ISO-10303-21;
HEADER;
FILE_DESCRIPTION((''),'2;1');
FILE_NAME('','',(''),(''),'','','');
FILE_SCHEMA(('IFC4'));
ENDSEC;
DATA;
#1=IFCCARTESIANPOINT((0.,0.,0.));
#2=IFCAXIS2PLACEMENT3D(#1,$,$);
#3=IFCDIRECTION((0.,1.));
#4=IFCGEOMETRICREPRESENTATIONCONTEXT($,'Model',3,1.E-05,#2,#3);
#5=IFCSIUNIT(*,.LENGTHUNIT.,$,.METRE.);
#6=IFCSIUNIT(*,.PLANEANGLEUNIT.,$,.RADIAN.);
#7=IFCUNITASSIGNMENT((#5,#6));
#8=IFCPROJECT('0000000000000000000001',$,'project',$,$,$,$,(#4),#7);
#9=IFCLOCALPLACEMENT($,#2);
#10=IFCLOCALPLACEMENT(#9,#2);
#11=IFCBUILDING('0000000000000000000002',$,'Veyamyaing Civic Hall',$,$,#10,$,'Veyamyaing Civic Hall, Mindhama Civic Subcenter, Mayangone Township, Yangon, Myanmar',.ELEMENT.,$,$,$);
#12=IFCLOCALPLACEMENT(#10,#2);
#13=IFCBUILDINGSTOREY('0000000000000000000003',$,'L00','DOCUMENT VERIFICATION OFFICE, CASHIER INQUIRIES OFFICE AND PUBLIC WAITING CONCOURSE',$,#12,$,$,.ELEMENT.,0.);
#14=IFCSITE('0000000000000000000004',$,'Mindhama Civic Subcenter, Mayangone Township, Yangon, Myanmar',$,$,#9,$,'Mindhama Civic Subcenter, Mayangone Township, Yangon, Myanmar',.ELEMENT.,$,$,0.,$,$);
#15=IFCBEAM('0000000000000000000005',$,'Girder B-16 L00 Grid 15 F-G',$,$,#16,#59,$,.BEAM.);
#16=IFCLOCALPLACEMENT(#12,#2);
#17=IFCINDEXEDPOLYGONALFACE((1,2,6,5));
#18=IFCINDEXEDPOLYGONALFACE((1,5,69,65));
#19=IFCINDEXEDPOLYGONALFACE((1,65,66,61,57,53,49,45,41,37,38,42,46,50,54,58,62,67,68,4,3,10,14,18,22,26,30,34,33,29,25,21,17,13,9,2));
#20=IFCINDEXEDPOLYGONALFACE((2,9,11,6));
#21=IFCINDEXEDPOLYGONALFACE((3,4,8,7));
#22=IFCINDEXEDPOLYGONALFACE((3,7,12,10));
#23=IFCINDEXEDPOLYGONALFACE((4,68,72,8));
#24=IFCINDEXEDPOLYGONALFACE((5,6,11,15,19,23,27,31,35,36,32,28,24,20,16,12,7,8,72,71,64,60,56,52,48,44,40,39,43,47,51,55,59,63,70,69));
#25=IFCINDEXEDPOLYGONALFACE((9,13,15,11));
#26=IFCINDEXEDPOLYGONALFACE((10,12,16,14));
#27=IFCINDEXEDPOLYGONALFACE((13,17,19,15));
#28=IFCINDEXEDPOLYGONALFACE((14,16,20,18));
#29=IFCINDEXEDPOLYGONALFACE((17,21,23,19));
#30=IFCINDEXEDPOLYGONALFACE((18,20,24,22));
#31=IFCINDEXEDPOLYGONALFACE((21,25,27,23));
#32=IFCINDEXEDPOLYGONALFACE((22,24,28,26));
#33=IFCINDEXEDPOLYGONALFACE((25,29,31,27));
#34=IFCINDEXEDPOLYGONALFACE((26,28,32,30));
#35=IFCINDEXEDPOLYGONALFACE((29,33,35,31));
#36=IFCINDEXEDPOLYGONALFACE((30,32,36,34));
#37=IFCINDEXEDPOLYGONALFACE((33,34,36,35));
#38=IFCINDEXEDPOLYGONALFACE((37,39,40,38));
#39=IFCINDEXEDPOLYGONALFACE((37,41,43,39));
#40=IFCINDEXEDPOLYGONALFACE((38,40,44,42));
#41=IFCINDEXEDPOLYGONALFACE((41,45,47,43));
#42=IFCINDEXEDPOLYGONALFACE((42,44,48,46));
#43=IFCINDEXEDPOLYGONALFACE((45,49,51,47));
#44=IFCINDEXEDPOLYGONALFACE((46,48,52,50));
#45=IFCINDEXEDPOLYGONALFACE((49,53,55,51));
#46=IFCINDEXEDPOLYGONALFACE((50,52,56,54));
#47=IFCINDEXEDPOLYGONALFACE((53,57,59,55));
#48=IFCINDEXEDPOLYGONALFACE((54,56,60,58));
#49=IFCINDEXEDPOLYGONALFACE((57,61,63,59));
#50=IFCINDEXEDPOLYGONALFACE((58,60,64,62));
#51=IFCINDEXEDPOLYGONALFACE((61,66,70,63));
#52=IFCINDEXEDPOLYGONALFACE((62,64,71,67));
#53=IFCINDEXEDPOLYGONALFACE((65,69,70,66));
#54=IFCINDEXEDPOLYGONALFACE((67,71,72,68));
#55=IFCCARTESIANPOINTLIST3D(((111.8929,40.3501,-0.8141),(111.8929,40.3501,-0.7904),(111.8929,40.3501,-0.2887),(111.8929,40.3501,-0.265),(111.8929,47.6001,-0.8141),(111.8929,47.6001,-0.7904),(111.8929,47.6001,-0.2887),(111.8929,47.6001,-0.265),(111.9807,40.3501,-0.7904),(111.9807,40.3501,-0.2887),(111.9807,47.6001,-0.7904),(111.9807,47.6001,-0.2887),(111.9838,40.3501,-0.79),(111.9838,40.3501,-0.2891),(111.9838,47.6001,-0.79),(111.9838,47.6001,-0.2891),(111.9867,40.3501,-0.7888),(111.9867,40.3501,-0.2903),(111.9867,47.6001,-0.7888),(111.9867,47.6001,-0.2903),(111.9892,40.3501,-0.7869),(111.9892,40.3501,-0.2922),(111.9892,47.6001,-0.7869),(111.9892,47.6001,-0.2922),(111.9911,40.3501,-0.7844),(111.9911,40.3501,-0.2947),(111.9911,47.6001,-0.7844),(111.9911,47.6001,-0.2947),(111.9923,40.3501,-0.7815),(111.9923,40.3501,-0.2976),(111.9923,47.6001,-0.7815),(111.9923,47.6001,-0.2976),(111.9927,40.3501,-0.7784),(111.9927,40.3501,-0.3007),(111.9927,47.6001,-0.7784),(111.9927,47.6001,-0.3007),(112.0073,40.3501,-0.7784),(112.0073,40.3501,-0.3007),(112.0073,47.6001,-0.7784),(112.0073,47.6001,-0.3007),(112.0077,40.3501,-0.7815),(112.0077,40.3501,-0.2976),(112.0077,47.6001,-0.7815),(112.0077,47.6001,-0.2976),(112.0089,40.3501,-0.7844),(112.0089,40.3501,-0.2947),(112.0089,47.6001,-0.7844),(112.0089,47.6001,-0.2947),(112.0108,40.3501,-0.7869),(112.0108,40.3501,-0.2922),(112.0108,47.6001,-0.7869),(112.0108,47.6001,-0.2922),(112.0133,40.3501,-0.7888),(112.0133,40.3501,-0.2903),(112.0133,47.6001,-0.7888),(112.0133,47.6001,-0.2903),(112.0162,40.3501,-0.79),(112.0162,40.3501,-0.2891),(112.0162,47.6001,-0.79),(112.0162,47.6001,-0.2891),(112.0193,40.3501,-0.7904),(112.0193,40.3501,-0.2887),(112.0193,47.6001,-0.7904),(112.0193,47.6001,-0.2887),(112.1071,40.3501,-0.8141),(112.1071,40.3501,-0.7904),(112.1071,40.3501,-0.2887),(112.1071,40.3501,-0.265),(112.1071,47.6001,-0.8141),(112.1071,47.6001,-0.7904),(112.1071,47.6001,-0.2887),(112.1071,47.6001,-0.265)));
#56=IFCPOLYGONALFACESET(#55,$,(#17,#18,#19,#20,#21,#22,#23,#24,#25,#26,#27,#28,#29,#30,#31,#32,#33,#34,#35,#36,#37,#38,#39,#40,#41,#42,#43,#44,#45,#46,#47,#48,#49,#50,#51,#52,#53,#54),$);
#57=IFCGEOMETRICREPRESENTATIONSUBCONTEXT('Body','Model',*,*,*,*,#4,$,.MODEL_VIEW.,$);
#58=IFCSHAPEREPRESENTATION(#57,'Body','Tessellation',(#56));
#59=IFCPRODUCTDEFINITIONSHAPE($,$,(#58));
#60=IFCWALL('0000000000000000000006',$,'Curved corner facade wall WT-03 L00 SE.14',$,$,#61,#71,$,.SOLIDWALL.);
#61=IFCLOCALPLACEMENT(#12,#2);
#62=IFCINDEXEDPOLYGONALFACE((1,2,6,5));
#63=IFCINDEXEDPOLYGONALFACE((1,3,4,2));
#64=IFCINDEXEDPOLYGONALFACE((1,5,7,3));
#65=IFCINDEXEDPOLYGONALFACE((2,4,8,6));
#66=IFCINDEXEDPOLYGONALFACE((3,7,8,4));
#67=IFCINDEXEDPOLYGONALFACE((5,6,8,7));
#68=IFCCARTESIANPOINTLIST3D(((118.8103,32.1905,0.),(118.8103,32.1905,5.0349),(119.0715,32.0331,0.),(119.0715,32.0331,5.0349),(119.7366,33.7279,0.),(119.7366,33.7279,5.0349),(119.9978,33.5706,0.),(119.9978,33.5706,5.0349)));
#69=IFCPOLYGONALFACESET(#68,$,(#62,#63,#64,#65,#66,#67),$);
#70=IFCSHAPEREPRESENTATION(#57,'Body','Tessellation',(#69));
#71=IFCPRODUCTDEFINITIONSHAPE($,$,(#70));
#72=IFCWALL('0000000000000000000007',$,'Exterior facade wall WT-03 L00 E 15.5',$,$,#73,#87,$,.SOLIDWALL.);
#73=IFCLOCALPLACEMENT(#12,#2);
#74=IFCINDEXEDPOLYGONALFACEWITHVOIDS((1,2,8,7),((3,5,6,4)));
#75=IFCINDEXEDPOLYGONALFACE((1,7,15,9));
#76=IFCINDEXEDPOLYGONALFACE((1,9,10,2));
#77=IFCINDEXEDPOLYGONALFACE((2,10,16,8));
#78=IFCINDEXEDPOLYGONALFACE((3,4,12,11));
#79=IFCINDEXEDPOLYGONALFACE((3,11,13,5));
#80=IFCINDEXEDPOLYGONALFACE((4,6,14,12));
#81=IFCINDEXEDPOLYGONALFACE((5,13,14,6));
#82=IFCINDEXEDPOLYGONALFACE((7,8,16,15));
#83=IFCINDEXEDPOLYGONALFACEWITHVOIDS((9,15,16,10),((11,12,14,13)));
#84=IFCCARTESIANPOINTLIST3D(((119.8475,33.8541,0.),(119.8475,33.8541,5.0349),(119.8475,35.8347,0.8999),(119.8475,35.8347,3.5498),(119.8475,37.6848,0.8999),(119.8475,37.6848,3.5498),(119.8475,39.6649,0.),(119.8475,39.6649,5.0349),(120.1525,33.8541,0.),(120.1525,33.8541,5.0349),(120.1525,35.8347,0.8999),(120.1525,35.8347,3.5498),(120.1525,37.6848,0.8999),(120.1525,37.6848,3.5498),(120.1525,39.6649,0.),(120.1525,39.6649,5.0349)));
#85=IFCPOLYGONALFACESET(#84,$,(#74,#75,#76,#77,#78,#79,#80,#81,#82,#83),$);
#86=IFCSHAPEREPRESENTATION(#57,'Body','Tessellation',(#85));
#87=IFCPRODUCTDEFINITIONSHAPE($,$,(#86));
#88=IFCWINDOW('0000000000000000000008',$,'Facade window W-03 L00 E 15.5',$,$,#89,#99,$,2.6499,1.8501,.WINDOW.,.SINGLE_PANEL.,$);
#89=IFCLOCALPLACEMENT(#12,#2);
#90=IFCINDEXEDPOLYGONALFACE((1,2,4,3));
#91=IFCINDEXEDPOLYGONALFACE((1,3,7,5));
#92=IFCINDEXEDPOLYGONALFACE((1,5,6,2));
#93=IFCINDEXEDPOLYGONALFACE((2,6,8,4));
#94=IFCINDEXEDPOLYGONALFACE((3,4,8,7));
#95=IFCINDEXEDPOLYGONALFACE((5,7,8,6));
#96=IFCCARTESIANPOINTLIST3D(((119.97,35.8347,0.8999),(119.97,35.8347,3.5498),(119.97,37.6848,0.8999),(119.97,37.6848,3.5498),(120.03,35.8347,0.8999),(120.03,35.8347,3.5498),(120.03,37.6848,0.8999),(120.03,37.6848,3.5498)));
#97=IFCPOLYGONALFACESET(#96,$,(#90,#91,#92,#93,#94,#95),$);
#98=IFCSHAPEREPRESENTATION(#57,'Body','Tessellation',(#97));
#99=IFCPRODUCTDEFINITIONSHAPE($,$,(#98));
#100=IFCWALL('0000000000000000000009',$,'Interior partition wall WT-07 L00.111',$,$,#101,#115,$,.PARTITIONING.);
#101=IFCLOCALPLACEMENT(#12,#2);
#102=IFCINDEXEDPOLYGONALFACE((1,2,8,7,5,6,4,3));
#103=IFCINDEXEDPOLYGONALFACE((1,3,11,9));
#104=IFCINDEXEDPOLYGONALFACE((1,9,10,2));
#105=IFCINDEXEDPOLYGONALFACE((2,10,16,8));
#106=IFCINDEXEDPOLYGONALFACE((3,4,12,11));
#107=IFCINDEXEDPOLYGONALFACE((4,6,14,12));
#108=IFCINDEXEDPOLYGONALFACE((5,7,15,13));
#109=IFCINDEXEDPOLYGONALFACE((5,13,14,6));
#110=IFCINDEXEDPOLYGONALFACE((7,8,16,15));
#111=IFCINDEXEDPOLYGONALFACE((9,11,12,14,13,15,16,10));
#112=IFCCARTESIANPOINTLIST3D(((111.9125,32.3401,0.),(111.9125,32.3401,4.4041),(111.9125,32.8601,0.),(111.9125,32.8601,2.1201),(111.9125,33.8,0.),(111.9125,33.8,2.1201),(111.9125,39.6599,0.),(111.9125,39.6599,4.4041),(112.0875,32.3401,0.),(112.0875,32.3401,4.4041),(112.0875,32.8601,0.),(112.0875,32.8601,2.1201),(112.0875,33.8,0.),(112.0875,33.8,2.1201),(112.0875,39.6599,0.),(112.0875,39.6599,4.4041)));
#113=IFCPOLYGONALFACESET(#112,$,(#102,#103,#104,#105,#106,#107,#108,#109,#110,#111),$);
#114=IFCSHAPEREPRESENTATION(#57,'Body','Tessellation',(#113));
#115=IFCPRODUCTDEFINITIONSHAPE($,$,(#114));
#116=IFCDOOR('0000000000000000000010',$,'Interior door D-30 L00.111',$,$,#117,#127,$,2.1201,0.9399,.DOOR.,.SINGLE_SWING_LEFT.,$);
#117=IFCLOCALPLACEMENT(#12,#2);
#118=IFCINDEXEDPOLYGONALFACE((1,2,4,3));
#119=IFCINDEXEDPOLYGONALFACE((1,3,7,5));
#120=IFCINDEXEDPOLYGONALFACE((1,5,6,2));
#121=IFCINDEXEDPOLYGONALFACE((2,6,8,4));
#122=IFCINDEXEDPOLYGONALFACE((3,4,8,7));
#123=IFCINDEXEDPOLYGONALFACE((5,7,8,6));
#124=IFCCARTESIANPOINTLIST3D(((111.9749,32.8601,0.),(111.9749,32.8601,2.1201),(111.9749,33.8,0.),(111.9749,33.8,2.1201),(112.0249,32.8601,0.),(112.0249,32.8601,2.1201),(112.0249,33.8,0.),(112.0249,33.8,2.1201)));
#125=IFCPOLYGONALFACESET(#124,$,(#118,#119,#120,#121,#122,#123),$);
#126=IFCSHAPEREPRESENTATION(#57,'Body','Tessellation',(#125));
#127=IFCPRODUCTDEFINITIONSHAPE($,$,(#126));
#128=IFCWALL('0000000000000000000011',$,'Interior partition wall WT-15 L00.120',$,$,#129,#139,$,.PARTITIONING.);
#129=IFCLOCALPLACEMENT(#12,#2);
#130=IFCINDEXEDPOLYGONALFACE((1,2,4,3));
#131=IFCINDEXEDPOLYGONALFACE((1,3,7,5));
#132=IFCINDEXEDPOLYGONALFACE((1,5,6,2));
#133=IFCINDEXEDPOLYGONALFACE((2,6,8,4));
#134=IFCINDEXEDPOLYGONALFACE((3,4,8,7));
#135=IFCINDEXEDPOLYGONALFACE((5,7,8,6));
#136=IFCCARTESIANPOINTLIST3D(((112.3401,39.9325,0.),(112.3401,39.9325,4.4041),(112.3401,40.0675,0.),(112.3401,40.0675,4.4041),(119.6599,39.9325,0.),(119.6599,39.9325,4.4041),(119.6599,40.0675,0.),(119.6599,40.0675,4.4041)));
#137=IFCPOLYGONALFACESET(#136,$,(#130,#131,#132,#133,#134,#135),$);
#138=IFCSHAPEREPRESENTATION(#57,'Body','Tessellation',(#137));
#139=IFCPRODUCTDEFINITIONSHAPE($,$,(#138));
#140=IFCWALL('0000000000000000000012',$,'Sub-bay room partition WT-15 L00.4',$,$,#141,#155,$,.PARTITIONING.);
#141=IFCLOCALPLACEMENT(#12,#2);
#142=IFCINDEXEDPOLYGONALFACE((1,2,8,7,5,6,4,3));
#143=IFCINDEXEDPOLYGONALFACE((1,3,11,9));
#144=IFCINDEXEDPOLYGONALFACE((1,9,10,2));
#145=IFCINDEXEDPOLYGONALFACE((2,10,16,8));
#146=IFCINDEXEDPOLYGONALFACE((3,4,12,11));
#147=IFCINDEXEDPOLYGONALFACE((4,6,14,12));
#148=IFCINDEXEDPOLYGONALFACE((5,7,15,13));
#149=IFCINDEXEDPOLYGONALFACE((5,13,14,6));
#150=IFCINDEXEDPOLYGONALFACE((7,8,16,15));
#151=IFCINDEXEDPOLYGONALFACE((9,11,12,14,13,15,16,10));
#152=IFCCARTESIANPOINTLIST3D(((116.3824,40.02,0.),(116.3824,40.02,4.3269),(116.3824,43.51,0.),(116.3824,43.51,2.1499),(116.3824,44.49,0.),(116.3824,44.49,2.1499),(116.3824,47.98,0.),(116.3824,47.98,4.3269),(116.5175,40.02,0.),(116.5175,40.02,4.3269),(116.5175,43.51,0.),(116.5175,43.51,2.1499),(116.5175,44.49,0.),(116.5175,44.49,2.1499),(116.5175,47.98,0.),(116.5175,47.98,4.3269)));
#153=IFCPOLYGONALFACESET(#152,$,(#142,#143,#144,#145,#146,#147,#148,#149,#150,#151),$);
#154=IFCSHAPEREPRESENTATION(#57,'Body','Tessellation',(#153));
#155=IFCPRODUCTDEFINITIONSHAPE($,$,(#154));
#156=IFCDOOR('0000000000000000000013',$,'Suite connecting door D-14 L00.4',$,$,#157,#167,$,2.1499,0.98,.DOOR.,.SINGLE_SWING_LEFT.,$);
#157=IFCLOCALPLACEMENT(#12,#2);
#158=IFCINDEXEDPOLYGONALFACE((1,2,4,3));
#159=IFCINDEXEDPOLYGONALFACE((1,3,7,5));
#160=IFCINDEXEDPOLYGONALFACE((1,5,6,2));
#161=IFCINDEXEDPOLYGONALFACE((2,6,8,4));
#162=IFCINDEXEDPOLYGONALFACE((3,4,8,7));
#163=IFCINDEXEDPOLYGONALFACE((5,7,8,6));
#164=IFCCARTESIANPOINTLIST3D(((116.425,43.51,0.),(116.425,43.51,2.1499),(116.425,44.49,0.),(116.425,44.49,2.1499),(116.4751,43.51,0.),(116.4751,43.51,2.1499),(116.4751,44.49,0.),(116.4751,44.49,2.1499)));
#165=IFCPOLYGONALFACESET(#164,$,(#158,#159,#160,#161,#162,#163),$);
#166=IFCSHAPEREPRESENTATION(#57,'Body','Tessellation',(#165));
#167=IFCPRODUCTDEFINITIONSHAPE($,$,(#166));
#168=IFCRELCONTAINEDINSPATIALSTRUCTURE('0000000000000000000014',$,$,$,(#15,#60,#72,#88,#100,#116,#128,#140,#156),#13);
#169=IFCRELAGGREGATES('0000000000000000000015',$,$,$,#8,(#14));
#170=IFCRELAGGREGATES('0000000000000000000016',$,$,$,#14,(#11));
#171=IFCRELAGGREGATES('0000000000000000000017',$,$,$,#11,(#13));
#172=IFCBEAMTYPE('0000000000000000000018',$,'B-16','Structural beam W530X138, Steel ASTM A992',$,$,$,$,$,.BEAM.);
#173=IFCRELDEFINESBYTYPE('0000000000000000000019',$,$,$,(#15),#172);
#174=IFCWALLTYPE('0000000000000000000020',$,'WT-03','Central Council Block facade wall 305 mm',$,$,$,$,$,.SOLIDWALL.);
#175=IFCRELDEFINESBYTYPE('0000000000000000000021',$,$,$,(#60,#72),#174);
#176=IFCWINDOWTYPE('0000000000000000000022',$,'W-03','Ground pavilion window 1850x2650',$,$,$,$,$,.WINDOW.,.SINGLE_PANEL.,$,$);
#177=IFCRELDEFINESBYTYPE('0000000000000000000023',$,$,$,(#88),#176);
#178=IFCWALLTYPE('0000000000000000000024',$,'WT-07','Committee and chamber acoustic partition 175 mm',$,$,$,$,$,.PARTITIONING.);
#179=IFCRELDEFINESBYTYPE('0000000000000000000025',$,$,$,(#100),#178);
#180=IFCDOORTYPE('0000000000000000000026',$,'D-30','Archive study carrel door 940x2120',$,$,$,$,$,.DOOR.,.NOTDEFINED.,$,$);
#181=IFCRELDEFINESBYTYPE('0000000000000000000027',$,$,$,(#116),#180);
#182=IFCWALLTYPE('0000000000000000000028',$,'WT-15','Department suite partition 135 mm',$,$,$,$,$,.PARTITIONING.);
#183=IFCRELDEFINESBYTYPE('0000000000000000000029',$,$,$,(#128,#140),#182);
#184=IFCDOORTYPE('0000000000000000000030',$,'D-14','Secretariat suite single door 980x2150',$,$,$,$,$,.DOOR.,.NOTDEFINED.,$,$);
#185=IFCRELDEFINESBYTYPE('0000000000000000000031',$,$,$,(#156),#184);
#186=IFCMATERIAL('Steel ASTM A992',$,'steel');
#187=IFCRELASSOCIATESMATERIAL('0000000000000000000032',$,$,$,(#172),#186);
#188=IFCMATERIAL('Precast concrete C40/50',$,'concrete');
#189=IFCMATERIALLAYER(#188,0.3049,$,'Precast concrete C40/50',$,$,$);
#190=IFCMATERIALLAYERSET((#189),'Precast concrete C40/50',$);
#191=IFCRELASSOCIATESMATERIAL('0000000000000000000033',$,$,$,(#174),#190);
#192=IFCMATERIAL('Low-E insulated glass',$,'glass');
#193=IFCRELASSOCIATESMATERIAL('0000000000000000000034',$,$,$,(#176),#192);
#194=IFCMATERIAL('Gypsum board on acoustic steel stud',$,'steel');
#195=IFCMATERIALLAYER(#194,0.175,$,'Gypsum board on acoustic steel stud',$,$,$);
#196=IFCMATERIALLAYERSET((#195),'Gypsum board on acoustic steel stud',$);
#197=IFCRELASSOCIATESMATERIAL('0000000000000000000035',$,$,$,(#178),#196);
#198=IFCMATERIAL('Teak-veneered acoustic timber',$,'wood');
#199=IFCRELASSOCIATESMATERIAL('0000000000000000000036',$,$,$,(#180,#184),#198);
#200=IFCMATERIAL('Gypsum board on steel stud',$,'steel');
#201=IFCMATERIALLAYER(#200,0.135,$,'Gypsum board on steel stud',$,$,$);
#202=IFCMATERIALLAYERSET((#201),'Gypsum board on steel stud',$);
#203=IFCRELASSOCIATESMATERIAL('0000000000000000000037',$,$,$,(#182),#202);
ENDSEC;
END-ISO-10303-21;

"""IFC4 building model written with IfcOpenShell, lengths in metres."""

from ifc_helpers import new_model, si_unit, direction, frame, frame_2d, origin, origin_2d, place, context, subcontext, project, spatial, rectangle, i_section, extrude, material, layer, layer_set, material_profile, profile_set, type_object, element, fill, save


model = new_model("IFC4")

# Units and contexts
model_context = context("Model", 3, precision=1e-05, world=origin(), true_north=direction((0.0, 1.0)))
body_context = subcontext(model_context, "Body", "Model", "MODEL_VIEW")
ifc_project = project(units=[si_unit("LENGTHUNIT", "METRE"), si_unit("PLANEANGLEUNIT", "RADIAN")], contexts=[model_context])

# Site, building, storey
site_placement = place(None, origin())
site = spatial("IfcSite", under=ifc_project, at=site_placement, Name="Mindhama Civic Subcenter, Mayangone Township, Yangon, Myanmar", LongName="Mindhama Civic Subcenter, Mayangone Township, Yangon, Myanmar", CompositionType="ELEMENT", RefElevation=0.0)
building_placement = place(site_placement, origin())
building = spatial("IfcBuilding", under=site, at=building_placement, Name="Veyamyaing Civic Hall", LongName="Veyamyaing Civic Hall, Mindhama Civic Subcenter, Mayangone Township, Yangon, Myanmar", CompositionType="ELEMENT")
storey_placement = place(building_placement, origin())
storey = spatial("IfcBuildingStorey", under=building, at=storey_placement, Name="L00", Description="DOCUMENT VERIFICATION OFFICE, CASHIER INQUIRIES OFFICE AND PUBLIC WAITING CONCOURSE", CompositionType="ELEMENT", Elevation=0.0)

# Beam
ifc_material_1 = material(Name="Steel ASTM A992", Category="steel")
ifc_material_profile_1 = material_profile(ifc_material_1, i_section(OverallWidth=0.2141, OverallDepth=0.5491, WebThickness=0.0146, FlangeThickness=0.0237, FilletRadius=0.012, at=origin_2d()), Name="W530X138")
ifc_profile_set_1 = profile_set([ifc_material_profile_1], Name="Steel ASTM A992")
beam_type_1 = type_object("IfcBeamType", Name="B-16", Description="Structural beam W530X138, Steel ASTM A992", PredefinedType="BEAM", material=ifc_profile_set_1)
beam_1_placement = place(storey_placement, frame((112.0, 40.3501, -0.5396), z_axis=(0.0, 1.0, 0.0), x_axis=(-1.0, 0.0, 0.0)))
element("IfcBeam", 1, at=beam_1_placement, inside=storey, type_object=beam_type_1, Name="Girder B-16 L00 Grid 15 F-G", PredefinedType="BEAM", context=body_context, shape_type="SweptSolid", body=[
    extrude(i_section(OverallWidth=0.2141, OverallDepth=0.5491, WebThickness=0.0146, FlangeThickness=0.0237, FilletRadius=0.012, at=origin_2d()), origin(), (0.0, 0.0, 1.0), 7.25),
])

# Wall
ifc_material_2 = material(Name="Precast concrete C40/50", Category="concrete")
ifc_layer_1 = layer(ifc_material_2, 0.3049, Name="Precast concrete C40/50")
ifc_layer_set_1 = layer_set([ifc_layer_1], Name="Precast concrete C40/50")
wall_type_1 = type_object("IfcWallType", Name="WT-03", Description="Central Council Block facade wall 305 mm", PredefinedType="SOLIDWALL", material=ifc_layer_set_1)
wall_1_placement = place(storey_placement, frame((118.9409, 32.1118, 0.0), z_axis=(0.0, 0.0, 1.0), x_axis=(0.516075, 0.856543, 0.0)))
element("IfcWall", 2, at=wall_1_placement, inside=storey, type_object=wall_type_1, Name="Curved corner facade wall WT-03 L00 SE.14", PredefinedType="SOLIDWALL", context=body_context, shape_type="SweptSolid", body=[
    extrude(rectangle(XDim=1.7949, YDim=0.3049, at=frame_2d((0.8975, 0.0))), origin(), (0.0, 0.0, 1.0), 5.0349),
])

# Wall, opening, window
wall_2_placement = place(storey_placement, frame((120.0, 33.8542, 0.0), z_axis=(0.0, 0.0, 1.0), x_axis=(0.0, 1.0, 0.0)))
wall_2 = element("IfcWall", 3, at=wall_2_placement, inside=storey, type_object=wall_type_1, Name="Exterior facade wall WT-03 L00 E 15.5", PredefinedType="SOLIDWALL", context=body_context, shape_type="SweptSolid", body=[
    extrude(rectangle(XDim=5.8108, YDim=0.3049, at=frame_2d((2.9053, 0.0))), origin(), (0.0, 0.0, 1.0), 5.0349),
])
opening_1_placement = place(wall_2_placement, frame((1.9805, 0.0, 0.8999)))
opening_1 = element("IfcOpeningElement", 4, at=opening_1_placement, cuts=wall_2, PredefinedType="OPENING", context=body_context, shape_type="SweptSolid", body=[
    extrude(rectangle(XDim=1.8501, YDim=2.6499, at=frame_2d((0.925, 1.325))), frame((0.0, 0.1624, 0.0), z_axis=(0.0, -1.0, 0.0), x_axis=(1.0, 0.0, 0.0)), (0.0, 0.0, 1.0), 0.325),
])
ifc_material_3 = material(Name="Low-E insulated glass", Category="glass")
window_type = type_object("IfcWindowType", Name="W-03", Description="Ground pavilion window 1850x2650", PartitioningType="SINGLE_PANEL", PredefinedType="WINDOW", material=ifc_material_3)
window_placement = place(opening_1_placement, origin())
window = element("IfcWindow", 5, at=window_placement, inside=storey, type_object=window_type, Name="Facade window W-03 L00 E 15.5", OverallHeight=2.6499, OverallWidth=1.8501, PartitioningType="SINGLE_PANEL", PredefinedType="WINDOW", context=body_context, shape_type="SweptSolid", body=[
    extrude(rectangle(XDim=1.8501, YDim=2.6499, at=frame_2d((0.925, 1.325))), frame((0.0, 0.03, 0.0), z_axis=(0.0, -1.0, 0.0), x_axis=(1.0, 0.0, 0.0)), (0.0, 0.0, 1.0), 0.0601),
])
fill(opening_1, window)

# Wall, opening, door
ifc_material_4 = material(Name="Gypsum board on acoustic steel stud", Category="steel")
ifc_layer_2 = layer(ifc_material_4, 0.175, Name="Gypsum board on acoustic steel stud")
ifc_layer_set_2 = layer_set([ifc_layer_2], Name="Gypsum board on acoustic steel stud")
wall_type_2 = type_object("IfcWallType", Name="WT-07", Description="Committee and chamber acoustic partition 175 mm", PredefinedType="PARTITIONING", material=ifc_layer_set_2)
wall_3_placement = place(storey_placement, frame((112.0, 32.3401, 0.0), z_axis=(0.0, 0.0, 1.0), x_axis=(0.0, 1.0, 0.0)))
wall_3 = element("IfcWall", 6, at=wall_3_placement, inside=storey, type_object=wall_type_2, Name="Interior partition wall WT-07 L00.111", PredefinedType="PARTITIONING", context=body_context, shape_type="SweptSolid", body=[
    extrude(rectangle(XDim=7.3198, YDim=0.175, at=frame_2d((3.6599, 0.0))), origin(), (0.0, 0.0, 1.0), 4.4041),
])
opening_2_placement = place(wall_3_placement, frame((0.52, 0.0, 0.0)))
opening_2 = element("IfcOpeningElement", 7, at=opening_2_placement, cuts=wall_3, PredefinedType="OPENING", context=body_context, shape_type="SweptSolid", body=[
    extrude(rectangle(XDim=0.9399, YDim=2.1201, at=frame_2d((0.47, 1.0601))), frame((0.0, 0.0974, 0.0), z_axis=(0.0, -1.0, 0.0), x_axis=(1.0, 0.0, 0.0)), (0.0, 0.0, 1.0), 0.1951),
])
ifc_material_5 = material(Name="Teak-veneered acoustic timber", Category="wood")
door_type_1 = type_object("IfcDoorType", Name="D-30", Description="Archive study carrel door 940x2120", OperationType="NOTDEFINED", PredefinedType="DOOR", material=ifc_material_5)
door_1_placement = place(opening_2_placement, frame((0.9399, 0.0, 0.0), z_axis=(0.0, 0.0, 1.0), x_axis=(-1.0, 0.0, 0.0)))
door_1 = element("IfcDoor", 8, at=door_1_placement, inside=storey, type_object=door_type_1, Name="Interior door D-30 L00.111", OperationType="SINGLE_SWING_LEFT", OverallHeight=2.1201, OverallWidth=0.9399, PredefinedType="DOOR", context=body_context, shape_type="SweptSolid", body=[
    extrude(rectangle(XDim=0.9399, YDim=2.1201, at=frame_2d((0.47, 1.0601))), frame((0.0, 0.0249, 0.0), z_axis=(0.0, -1.0, 0.0), x_axis=(1.0, 0.0, 0.0)), (0.0, 0.0, 1.0), 0.05),
])
fill(opening_2, door_1)

# Wall
ifc_material_6 = material(Name="Gypsum board on steel stud", Category="steel")
ifc_layer_3 = layer(ifc_material_6, 0.135, Name="Gypsum board on steel stud")
ifc_layer_set_3 = layer_set([ifc_layer_3], Name="Gypsum board on steel stud")
wall_type_3 = type_object("IfcWallType", Name="WT-15", Description="Department suite partition 135 mm", PredefinedType="PARTITIONING", material=ifc_layer_set_3)
wall_4_placement = place(storey_placement, frame((112.3401, 40.0, 0.0), z_axis=(0.0, 0.0, 1.0), x_axis=(1.0, 0.0, 0.0)))
element("IfcWall", 9, at=wall_4_placement, inside=storey, type_object=wall_type_3, Name="Interior partition wall WT-15 L00.120", PredefinedType="PARTITIONING", context=body_context, shape_type="SweptSolid", body=[
    extrude(rectangle(XDim=7.3198, YDim=0.135, at=frame_2d((3.6599, 0.0))), origin(), (0.0, 0.0, 1.0), 4.4041),
])

# Wall, opening, door
wall_5_placement = place(storey_placement, frame((116.45, 40.02, 0.0), z_axis=(0.0, 0.0, 1.0), x_axis=(0.0, 1.0, 0.0)))
wall_5 = element("IfcWall", 10, at=wall_5_placement, inside=storey, type_object=wall_type_3, Name="Sub-bay room partition WT-15 L00.4", PredefinedType="PARTITIONING", context=body_context, shape_type="SweptSolid", body=[
    extrude(rectangle(XDim=7.96, YDim=0.135, at=frame_2d((3.98, 0.0))), origin(), (0.0, 0.0, 1.0), 4.3269),
])
opening_3_placement = place(wall_5_placement, frame((3.49, 0.0, 0.0)))
opening_3 = element("IfcOpeningElement", 11, at=opening_3_placement, cuts=wall_5, PredefinedType="OPENING", context=body_context, shape_type="SweptSolid", body=[
    extrude(rectangle(XDim=0.98, YDim=2.1499, at=frame_2d((0.49, 1.075))), frame((0.0, 0.0774, 0.0), z_axis=(0.0, -1.0, 0.0), x_axis=(1.0, 0.0, 0.0)), (0.0, 0.0, 1.0), 0.155),
])
door_type_2 = type_object("IfcDoorType", Name="D-14", Description="Secretariat suite single door 980x2150", OperationType="NOTDEFINED", PredefinedType="DOOR", material=ifc_material_5)
door_2_placement = place(opening_3_placement, origin())
door_2 = element("IfcDoor", 12, at=door_2_placement, inside=storey, type_object=door_type_2, Name="Suite connecting door D-14 L00.4", OperationType="SINGLE_SWING_LEFT", OverallHeight=2.1499, OverallWidth=0.98, PredefinedType="DOOR", context=body_context, shape_type="SweptSolid", body=[
    extrude(rectangle(XDim=0.98, YDim=2.1499, at=frame_2d((0.49, 1.075))), frame((0.0, 0.0249, 0.0), z_axis=(0.0, -1.0, 0.0), x_axis=(1.0, 0.0, 0.0)), (0.0, 0.0, 1.0), 0.05),
])
fill(opening_3, door_2)

save(model, "model.ifc")
